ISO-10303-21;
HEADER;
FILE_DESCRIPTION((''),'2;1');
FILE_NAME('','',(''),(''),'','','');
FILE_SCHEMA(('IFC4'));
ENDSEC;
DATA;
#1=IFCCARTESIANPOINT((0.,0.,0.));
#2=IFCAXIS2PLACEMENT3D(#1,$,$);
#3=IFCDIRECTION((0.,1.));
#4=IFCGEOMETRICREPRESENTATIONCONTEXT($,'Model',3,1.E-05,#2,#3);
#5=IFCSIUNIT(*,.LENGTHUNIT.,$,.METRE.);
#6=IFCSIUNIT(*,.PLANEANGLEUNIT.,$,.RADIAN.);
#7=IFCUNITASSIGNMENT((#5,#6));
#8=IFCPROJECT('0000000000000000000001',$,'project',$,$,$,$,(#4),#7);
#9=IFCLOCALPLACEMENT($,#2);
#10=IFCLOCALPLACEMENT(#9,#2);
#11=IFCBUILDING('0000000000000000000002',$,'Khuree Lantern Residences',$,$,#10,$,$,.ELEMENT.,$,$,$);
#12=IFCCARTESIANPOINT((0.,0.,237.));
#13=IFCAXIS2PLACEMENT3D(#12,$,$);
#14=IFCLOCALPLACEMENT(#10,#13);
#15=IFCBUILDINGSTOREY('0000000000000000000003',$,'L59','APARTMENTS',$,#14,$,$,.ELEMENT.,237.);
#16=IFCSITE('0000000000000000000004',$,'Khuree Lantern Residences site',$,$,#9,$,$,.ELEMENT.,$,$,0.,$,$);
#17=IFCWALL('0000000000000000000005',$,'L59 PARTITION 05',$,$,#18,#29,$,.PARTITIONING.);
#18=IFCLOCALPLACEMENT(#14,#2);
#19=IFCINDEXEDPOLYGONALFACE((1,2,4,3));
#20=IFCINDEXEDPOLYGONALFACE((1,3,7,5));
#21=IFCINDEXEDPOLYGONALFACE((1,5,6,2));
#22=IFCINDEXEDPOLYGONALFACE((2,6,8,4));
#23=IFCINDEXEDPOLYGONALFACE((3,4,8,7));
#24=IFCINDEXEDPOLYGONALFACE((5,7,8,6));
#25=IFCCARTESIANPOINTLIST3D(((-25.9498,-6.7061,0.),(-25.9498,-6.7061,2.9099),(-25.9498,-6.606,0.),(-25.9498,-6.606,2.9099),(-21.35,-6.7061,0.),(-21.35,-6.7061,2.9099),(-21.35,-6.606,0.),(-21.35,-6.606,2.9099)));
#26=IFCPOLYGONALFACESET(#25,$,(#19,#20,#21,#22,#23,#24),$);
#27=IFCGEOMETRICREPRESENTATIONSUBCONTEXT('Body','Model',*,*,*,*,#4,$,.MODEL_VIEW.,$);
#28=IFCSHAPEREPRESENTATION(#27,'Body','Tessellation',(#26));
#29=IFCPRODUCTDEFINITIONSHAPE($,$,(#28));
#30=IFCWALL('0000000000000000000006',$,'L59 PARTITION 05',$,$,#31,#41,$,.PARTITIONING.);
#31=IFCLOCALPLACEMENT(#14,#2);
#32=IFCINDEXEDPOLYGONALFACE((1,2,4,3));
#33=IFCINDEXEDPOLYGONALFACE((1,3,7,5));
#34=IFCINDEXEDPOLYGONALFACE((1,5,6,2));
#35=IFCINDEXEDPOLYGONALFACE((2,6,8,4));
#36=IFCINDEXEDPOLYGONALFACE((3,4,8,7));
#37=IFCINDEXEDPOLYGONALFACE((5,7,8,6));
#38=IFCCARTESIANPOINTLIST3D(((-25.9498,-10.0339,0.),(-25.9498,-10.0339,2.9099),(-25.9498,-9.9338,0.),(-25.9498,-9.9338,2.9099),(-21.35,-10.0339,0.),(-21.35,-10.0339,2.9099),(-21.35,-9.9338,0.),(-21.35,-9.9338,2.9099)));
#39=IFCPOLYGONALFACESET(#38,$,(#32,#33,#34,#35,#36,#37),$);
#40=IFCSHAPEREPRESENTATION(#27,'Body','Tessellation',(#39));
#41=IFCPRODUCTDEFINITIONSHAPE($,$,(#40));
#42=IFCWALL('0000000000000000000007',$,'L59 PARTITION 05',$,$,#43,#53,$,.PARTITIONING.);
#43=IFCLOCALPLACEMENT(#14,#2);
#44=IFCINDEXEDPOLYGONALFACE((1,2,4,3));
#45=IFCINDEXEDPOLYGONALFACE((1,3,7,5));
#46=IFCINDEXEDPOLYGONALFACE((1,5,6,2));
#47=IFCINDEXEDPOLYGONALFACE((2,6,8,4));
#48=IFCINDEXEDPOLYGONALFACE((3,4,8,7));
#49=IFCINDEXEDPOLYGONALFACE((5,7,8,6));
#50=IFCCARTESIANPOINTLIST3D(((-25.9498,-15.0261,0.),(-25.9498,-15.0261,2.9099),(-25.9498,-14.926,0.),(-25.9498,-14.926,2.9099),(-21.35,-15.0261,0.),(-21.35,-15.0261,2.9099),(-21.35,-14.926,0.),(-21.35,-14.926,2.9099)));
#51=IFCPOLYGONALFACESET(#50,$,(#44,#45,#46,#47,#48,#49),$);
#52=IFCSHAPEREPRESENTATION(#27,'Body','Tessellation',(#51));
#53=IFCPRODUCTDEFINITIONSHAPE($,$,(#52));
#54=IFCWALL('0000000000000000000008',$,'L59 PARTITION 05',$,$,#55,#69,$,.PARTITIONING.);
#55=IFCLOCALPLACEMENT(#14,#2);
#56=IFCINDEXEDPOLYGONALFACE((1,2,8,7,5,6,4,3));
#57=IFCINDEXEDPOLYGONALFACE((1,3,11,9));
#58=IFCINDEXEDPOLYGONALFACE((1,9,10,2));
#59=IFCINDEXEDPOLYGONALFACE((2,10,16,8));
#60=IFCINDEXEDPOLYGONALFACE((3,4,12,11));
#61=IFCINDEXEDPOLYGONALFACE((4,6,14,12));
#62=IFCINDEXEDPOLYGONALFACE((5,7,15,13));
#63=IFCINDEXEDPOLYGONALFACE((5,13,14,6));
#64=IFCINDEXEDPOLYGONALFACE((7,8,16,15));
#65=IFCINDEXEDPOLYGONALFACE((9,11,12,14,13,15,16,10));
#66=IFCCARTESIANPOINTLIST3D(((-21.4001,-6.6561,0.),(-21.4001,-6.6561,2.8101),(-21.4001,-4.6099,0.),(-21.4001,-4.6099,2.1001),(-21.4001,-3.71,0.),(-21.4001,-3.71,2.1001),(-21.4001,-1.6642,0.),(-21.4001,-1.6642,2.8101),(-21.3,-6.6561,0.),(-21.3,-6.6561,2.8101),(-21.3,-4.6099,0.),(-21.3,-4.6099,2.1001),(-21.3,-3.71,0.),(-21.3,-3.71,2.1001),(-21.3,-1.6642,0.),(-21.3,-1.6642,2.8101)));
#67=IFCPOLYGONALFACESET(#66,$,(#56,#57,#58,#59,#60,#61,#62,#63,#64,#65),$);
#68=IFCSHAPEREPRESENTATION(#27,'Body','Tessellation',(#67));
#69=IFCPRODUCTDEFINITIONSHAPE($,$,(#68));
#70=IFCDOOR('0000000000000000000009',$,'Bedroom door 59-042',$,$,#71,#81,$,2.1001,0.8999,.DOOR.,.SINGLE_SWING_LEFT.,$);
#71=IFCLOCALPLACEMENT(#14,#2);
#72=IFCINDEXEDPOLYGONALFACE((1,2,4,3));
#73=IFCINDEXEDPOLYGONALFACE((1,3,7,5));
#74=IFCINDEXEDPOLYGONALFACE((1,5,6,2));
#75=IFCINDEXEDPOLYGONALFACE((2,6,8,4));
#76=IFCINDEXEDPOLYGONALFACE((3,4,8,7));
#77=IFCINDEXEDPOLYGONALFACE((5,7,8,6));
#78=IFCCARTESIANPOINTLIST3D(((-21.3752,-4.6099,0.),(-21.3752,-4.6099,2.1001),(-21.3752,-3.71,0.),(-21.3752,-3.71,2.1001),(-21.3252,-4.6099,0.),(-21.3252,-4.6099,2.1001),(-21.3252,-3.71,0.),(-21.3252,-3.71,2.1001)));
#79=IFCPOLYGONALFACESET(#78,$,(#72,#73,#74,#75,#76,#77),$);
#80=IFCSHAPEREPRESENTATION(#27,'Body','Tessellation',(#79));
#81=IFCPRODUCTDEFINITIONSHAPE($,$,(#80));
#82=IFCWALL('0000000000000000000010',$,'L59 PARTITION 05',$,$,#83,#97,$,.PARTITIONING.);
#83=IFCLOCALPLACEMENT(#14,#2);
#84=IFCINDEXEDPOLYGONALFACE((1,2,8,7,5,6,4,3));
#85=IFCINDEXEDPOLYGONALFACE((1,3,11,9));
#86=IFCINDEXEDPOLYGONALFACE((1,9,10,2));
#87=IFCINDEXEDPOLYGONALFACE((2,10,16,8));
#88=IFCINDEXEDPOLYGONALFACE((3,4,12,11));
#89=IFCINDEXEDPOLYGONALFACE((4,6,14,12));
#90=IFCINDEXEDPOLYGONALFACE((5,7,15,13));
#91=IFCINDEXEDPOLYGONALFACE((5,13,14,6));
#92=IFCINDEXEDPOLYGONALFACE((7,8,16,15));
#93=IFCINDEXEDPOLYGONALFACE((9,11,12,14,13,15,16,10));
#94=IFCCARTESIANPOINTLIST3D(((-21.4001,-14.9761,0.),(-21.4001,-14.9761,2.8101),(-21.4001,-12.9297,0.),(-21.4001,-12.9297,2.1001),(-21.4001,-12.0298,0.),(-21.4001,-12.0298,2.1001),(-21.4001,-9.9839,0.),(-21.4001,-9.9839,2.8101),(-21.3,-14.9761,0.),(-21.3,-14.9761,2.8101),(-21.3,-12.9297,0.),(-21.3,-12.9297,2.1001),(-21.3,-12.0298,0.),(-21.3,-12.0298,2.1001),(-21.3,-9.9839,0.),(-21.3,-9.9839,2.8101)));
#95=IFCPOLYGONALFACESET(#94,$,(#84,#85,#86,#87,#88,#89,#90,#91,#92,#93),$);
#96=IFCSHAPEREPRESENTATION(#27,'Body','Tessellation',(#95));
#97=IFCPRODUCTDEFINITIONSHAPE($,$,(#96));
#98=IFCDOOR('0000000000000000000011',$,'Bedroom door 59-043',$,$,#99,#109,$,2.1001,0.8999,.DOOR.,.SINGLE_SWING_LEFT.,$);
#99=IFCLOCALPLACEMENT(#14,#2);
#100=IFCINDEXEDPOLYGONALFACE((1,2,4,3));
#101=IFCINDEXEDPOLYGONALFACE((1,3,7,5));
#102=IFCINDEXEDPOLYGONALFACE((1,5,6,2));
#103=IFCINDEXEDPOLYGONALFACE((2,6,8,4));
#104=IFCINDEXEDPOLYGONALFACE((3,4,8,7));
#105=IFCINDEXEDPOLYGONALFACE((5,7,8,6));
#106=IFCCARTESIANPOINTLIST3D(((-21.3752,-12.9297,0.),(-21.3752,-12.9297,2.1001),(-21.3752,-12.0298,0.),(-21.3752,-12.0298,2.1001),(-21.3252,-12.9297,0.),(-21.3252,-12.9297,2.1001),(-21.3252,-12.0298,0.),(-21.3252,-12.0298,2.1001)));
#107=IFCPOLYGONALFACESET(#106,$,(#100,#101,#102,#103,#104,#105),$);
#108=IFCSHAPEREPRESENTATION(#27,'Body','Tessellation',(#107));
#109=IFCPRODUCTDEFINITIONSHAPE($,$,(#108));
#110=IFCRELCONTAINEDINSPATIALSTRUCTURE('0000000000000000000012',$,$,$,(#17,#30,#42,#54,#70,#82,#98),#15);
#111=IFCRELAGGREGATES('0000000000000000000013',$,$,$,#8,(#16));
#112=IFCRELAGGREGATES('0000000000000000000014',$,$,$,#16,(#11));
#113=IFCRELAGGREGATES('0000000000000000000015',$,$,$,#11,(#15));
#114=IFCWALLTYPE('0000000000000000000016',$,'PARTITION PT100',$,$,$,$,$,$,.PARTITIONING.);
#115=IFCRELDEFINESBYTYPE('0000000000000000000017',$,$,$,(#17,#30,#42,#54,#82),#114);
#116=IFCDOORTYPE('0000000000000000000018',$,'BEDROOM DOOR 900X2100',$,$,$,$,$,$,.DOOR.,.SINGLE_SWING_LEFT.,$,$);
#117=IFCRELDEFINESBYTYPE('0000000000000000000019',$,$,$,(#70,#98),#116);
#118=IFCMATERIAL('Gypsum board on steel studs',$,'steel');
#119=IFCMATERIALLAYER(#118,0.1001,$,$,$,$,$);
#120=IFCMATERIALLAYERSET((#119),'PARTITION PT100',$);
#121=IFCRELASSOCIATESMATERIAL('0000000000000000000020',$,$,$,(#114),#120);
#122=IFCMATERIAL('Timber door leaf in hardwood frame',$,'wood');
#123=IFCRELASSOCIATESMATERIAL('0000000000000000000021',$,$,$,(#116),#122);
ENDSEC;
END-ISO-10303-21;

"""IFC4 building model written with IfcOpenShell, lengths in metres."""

from ifc_helpers import new_model, si_unit, direction, frame, frame_2d, origin, place, context, subcontext, project, spatial, rectangle, extrude, material, layer, layer_set, type_object, element, fill, save


model = new_model("IFC4")

# Units and contexts
model_context = context("Model", 3, precision=1e-05, world=origin(), true_north=direction((0.0, 1.0)))
body_context = subcontext(model_context, "Body", "Model", "MODEL_VIEW")
ifc_project = project(units=[si_unit("LENGTHUNIT", "METRE"), si_unit("PLANEANGLEUNIT", "RADIAN")], contexts=[model_context])

# Site, building, storey
site_placement = place(None, origin())
site = spatial("IfcSite", under=ifc_project, at=site_placement, Name="Khuree Lantern Residences site", CompositionType="ELEMENT", RefElevation=0.0)
building_placement = place(site_placement, origin())
building = spatial("IfcBuilding", under=site, at=building_placement, Name="Khuree Lantern Residences", CompositionType="ELEMENT")
storey_placement = place(building_placement, frame((0.0, 0.0, 237.0)))
storey = spatial("IfcBuildingStorey", under=building, at=storey_placement, Name="L59", Description="APARTMENTS", CompositionType="ELEMENT", Elevation=237.0)

# Walls
ifc_material_1 = material(Name="Gypsum board on steel studs", Category="steel")
ifc_layer_1 = layer(ifc_material_1, 0.1001)
ifc_layer_set_1 = layer_set([ifc_layer_1], Name="PARTITION PT100")
wall_type_1 = type_object("IfcWallType", Name="PARTITION PT100", PredefinedType="PARTITIONING", material=ifc_layer_set_1)
for number, where, z_axis, x_axis, name in (
    (1, (-21.3501, -6.656, 0.0), (0.0, 0.0, 1.0), (-1.0, 0.0, 0.0), "L59 PARTITION 05"),
    (2, (-21.3501, -9.9839, 0.0), (0.0, 0.0, 1.0), (-1.0, 0.0, 0.0), "L59 PARTITION 05"),
    (3, (-21.3501, -14.9761, 0.0), (0.0, 0.0, 1.0), (-1.0, 0.0, 0.0), "L59 PARTITION 05"),
):
    element("IfcWall", number, at=place(storey_placement, frame(where, z_axis=z_axis, x_axis=x_axis)), inside=storey, type_object=wall_type_1, Name=name, PredefinedType="PARTITIONING", context=body_context, shape_type="SweptSolid", body=[
        extrude(rectangle(XDim=4.5999, YDim=0.1001, at=frame_2d((2.2998, 0.0))), origin(), (0.0, 0.0, 1.0), 2.9099),
    ])

# Walls, openings, doors
wall_1_placement = place(storey_placement, frame((-21.3501, -1.6641, 0.0), z_axis=(0.0, 0.0, 1.0), x_axis=(0.0, -1.0, 0.0)))
wall_1 = element("IfcWall", 4, at=wall_1_placement, inside=storey, type_object=wall_type_1, Name="L59 PARTITION 05", PredefinedType="PARTITIONING", context=body_context, shape_type="SweptSolid", body=[
    extrude(rectangle(XDim=4.9919, YDim=0.1001, at=frame_2d((2.4961, 0.0))), origin(), (0.0, 0.0, 1.0), 2.8101),
])
opening_1_placement = place(wall_1_placement, frame((2.0459, 0.0, 0.0)))
opening_1 = element("IfcOpeningElement", 5, at=opening_1_placement, cuts=wall_1, PredefinedType="OPENING", context=body_context, shape_type="SweptSolid", body=[
    extrude(rectangle(XDim=0.8999, YDim=2.1001, at=frame_2d((0.45, 1.05))), frame((0.0, 0.0601, 0.0), z_axis=(0.0, -1.0, 0.0), x_axis=(1.0, 0.0, 0.0)), (0.0, 0.0, 1.0), 0.1201),
])
ifc_material_2 = material(Name="Timber door leaf in hardwood frame", Category="wood")
door_type = type_object("IfcDoorType", Name="BEDROOM DOOR 900X2100", OperationType="SINGLE_SWING_LEFT", PredefinedType="DOOR", material=ifc_material_2)
door_1_placement = place(opening_1_placement, origin())
door_1 = element("IfcDoor", 6, at=door_1_placement, inside=storey, type_object=door_type, Name="Bedroom door 59-042", OperationType="SINGLE_SWING_LEFT", OverallHeight=2.1001, OverallWidth=0.8999, PredefinedType="DOOR", context=body_context, shape_type="SweptSolid", body=[
    extrude(rectangle(XDim=0.8999, YDim=2.1001, at=frame_2d((0.45, 1.05))), frame((0.0, 0.0249, 0.0), z_axis=(0.0, -1.0, 0.0), x_axis=(1.0, 0.0, 0.0)), (0.0, 0.0, 1.0), 0.05),
])
fill(opening_1, door_1)
wall_2_placement = place(storey_placement, frame((-21.3501, -9.9839, 0.0), z_axis=(0.0, 0.0, 1.0), x_axis=(0.0, -1.0, 0.0)))
wall_2 = element("IfcWall", 7, at=wall_2_placement, inside=storey, type_object=wall_type_1, Name="L59 PARTITION 05", PredefinedType="PARTITIONING", context=body_context, shape_type="SweptSolid", body=[
    extrude(rectangle(XDim=4.9922, YDim=0.1001, at=frame_2d((2.4961, 0.0))), origin(), (0.0, 0.0, 1.0), 2.8101),
])
opening_2_placement = place(wall_2_placement, frame((2.0459, 0.0, 0.0)))
opening_2 = element("IfcOpeningElement", 8, at=opening_2_placement, cuts=wall_2, PredefinedType="OPENING", context=body_context, shape_type="SweptSolid", body=[
    extrude(rectangle(XDim=0.8999, YDim=2.1001, at=frame_2d((0.45, 1.05))), frame((0.0, 0.0601, 0.0), z_axis=(0.0, -1.0, 0.0), x_axis=(1.0, 0.0, 0.0)), (0.0, 0.0, 1.0), 0.1201),
])
door_2_placement = place(opening_2_placement, origin())
door_2 = element("IfcDoor", 9, at=door_2_placement, inside=storey, type_object=door_type, Name="Bedroom door 59-043", OperationType="SINGLE_SWING_LEFT", OverallHeight=2.1001, OverallWidth=0.8999, PredefinedType="DOOR", context=body_context, shape_type="SweptSolid", body=[
    extrude(rectangle(XDim=0.8999, YDim=2.1001, at=frame_2d((0.45, 1.05))), frame((0.0, 0.0249, 0.0), z_axis=(0.0, -1.0, 0.0), x_axis=(1.0, 0.0, 0.0)), (0.0, 0.0, 1.0), 0.05),
])
fill(opening_2, door_2)

save(model, "model.ifc")
